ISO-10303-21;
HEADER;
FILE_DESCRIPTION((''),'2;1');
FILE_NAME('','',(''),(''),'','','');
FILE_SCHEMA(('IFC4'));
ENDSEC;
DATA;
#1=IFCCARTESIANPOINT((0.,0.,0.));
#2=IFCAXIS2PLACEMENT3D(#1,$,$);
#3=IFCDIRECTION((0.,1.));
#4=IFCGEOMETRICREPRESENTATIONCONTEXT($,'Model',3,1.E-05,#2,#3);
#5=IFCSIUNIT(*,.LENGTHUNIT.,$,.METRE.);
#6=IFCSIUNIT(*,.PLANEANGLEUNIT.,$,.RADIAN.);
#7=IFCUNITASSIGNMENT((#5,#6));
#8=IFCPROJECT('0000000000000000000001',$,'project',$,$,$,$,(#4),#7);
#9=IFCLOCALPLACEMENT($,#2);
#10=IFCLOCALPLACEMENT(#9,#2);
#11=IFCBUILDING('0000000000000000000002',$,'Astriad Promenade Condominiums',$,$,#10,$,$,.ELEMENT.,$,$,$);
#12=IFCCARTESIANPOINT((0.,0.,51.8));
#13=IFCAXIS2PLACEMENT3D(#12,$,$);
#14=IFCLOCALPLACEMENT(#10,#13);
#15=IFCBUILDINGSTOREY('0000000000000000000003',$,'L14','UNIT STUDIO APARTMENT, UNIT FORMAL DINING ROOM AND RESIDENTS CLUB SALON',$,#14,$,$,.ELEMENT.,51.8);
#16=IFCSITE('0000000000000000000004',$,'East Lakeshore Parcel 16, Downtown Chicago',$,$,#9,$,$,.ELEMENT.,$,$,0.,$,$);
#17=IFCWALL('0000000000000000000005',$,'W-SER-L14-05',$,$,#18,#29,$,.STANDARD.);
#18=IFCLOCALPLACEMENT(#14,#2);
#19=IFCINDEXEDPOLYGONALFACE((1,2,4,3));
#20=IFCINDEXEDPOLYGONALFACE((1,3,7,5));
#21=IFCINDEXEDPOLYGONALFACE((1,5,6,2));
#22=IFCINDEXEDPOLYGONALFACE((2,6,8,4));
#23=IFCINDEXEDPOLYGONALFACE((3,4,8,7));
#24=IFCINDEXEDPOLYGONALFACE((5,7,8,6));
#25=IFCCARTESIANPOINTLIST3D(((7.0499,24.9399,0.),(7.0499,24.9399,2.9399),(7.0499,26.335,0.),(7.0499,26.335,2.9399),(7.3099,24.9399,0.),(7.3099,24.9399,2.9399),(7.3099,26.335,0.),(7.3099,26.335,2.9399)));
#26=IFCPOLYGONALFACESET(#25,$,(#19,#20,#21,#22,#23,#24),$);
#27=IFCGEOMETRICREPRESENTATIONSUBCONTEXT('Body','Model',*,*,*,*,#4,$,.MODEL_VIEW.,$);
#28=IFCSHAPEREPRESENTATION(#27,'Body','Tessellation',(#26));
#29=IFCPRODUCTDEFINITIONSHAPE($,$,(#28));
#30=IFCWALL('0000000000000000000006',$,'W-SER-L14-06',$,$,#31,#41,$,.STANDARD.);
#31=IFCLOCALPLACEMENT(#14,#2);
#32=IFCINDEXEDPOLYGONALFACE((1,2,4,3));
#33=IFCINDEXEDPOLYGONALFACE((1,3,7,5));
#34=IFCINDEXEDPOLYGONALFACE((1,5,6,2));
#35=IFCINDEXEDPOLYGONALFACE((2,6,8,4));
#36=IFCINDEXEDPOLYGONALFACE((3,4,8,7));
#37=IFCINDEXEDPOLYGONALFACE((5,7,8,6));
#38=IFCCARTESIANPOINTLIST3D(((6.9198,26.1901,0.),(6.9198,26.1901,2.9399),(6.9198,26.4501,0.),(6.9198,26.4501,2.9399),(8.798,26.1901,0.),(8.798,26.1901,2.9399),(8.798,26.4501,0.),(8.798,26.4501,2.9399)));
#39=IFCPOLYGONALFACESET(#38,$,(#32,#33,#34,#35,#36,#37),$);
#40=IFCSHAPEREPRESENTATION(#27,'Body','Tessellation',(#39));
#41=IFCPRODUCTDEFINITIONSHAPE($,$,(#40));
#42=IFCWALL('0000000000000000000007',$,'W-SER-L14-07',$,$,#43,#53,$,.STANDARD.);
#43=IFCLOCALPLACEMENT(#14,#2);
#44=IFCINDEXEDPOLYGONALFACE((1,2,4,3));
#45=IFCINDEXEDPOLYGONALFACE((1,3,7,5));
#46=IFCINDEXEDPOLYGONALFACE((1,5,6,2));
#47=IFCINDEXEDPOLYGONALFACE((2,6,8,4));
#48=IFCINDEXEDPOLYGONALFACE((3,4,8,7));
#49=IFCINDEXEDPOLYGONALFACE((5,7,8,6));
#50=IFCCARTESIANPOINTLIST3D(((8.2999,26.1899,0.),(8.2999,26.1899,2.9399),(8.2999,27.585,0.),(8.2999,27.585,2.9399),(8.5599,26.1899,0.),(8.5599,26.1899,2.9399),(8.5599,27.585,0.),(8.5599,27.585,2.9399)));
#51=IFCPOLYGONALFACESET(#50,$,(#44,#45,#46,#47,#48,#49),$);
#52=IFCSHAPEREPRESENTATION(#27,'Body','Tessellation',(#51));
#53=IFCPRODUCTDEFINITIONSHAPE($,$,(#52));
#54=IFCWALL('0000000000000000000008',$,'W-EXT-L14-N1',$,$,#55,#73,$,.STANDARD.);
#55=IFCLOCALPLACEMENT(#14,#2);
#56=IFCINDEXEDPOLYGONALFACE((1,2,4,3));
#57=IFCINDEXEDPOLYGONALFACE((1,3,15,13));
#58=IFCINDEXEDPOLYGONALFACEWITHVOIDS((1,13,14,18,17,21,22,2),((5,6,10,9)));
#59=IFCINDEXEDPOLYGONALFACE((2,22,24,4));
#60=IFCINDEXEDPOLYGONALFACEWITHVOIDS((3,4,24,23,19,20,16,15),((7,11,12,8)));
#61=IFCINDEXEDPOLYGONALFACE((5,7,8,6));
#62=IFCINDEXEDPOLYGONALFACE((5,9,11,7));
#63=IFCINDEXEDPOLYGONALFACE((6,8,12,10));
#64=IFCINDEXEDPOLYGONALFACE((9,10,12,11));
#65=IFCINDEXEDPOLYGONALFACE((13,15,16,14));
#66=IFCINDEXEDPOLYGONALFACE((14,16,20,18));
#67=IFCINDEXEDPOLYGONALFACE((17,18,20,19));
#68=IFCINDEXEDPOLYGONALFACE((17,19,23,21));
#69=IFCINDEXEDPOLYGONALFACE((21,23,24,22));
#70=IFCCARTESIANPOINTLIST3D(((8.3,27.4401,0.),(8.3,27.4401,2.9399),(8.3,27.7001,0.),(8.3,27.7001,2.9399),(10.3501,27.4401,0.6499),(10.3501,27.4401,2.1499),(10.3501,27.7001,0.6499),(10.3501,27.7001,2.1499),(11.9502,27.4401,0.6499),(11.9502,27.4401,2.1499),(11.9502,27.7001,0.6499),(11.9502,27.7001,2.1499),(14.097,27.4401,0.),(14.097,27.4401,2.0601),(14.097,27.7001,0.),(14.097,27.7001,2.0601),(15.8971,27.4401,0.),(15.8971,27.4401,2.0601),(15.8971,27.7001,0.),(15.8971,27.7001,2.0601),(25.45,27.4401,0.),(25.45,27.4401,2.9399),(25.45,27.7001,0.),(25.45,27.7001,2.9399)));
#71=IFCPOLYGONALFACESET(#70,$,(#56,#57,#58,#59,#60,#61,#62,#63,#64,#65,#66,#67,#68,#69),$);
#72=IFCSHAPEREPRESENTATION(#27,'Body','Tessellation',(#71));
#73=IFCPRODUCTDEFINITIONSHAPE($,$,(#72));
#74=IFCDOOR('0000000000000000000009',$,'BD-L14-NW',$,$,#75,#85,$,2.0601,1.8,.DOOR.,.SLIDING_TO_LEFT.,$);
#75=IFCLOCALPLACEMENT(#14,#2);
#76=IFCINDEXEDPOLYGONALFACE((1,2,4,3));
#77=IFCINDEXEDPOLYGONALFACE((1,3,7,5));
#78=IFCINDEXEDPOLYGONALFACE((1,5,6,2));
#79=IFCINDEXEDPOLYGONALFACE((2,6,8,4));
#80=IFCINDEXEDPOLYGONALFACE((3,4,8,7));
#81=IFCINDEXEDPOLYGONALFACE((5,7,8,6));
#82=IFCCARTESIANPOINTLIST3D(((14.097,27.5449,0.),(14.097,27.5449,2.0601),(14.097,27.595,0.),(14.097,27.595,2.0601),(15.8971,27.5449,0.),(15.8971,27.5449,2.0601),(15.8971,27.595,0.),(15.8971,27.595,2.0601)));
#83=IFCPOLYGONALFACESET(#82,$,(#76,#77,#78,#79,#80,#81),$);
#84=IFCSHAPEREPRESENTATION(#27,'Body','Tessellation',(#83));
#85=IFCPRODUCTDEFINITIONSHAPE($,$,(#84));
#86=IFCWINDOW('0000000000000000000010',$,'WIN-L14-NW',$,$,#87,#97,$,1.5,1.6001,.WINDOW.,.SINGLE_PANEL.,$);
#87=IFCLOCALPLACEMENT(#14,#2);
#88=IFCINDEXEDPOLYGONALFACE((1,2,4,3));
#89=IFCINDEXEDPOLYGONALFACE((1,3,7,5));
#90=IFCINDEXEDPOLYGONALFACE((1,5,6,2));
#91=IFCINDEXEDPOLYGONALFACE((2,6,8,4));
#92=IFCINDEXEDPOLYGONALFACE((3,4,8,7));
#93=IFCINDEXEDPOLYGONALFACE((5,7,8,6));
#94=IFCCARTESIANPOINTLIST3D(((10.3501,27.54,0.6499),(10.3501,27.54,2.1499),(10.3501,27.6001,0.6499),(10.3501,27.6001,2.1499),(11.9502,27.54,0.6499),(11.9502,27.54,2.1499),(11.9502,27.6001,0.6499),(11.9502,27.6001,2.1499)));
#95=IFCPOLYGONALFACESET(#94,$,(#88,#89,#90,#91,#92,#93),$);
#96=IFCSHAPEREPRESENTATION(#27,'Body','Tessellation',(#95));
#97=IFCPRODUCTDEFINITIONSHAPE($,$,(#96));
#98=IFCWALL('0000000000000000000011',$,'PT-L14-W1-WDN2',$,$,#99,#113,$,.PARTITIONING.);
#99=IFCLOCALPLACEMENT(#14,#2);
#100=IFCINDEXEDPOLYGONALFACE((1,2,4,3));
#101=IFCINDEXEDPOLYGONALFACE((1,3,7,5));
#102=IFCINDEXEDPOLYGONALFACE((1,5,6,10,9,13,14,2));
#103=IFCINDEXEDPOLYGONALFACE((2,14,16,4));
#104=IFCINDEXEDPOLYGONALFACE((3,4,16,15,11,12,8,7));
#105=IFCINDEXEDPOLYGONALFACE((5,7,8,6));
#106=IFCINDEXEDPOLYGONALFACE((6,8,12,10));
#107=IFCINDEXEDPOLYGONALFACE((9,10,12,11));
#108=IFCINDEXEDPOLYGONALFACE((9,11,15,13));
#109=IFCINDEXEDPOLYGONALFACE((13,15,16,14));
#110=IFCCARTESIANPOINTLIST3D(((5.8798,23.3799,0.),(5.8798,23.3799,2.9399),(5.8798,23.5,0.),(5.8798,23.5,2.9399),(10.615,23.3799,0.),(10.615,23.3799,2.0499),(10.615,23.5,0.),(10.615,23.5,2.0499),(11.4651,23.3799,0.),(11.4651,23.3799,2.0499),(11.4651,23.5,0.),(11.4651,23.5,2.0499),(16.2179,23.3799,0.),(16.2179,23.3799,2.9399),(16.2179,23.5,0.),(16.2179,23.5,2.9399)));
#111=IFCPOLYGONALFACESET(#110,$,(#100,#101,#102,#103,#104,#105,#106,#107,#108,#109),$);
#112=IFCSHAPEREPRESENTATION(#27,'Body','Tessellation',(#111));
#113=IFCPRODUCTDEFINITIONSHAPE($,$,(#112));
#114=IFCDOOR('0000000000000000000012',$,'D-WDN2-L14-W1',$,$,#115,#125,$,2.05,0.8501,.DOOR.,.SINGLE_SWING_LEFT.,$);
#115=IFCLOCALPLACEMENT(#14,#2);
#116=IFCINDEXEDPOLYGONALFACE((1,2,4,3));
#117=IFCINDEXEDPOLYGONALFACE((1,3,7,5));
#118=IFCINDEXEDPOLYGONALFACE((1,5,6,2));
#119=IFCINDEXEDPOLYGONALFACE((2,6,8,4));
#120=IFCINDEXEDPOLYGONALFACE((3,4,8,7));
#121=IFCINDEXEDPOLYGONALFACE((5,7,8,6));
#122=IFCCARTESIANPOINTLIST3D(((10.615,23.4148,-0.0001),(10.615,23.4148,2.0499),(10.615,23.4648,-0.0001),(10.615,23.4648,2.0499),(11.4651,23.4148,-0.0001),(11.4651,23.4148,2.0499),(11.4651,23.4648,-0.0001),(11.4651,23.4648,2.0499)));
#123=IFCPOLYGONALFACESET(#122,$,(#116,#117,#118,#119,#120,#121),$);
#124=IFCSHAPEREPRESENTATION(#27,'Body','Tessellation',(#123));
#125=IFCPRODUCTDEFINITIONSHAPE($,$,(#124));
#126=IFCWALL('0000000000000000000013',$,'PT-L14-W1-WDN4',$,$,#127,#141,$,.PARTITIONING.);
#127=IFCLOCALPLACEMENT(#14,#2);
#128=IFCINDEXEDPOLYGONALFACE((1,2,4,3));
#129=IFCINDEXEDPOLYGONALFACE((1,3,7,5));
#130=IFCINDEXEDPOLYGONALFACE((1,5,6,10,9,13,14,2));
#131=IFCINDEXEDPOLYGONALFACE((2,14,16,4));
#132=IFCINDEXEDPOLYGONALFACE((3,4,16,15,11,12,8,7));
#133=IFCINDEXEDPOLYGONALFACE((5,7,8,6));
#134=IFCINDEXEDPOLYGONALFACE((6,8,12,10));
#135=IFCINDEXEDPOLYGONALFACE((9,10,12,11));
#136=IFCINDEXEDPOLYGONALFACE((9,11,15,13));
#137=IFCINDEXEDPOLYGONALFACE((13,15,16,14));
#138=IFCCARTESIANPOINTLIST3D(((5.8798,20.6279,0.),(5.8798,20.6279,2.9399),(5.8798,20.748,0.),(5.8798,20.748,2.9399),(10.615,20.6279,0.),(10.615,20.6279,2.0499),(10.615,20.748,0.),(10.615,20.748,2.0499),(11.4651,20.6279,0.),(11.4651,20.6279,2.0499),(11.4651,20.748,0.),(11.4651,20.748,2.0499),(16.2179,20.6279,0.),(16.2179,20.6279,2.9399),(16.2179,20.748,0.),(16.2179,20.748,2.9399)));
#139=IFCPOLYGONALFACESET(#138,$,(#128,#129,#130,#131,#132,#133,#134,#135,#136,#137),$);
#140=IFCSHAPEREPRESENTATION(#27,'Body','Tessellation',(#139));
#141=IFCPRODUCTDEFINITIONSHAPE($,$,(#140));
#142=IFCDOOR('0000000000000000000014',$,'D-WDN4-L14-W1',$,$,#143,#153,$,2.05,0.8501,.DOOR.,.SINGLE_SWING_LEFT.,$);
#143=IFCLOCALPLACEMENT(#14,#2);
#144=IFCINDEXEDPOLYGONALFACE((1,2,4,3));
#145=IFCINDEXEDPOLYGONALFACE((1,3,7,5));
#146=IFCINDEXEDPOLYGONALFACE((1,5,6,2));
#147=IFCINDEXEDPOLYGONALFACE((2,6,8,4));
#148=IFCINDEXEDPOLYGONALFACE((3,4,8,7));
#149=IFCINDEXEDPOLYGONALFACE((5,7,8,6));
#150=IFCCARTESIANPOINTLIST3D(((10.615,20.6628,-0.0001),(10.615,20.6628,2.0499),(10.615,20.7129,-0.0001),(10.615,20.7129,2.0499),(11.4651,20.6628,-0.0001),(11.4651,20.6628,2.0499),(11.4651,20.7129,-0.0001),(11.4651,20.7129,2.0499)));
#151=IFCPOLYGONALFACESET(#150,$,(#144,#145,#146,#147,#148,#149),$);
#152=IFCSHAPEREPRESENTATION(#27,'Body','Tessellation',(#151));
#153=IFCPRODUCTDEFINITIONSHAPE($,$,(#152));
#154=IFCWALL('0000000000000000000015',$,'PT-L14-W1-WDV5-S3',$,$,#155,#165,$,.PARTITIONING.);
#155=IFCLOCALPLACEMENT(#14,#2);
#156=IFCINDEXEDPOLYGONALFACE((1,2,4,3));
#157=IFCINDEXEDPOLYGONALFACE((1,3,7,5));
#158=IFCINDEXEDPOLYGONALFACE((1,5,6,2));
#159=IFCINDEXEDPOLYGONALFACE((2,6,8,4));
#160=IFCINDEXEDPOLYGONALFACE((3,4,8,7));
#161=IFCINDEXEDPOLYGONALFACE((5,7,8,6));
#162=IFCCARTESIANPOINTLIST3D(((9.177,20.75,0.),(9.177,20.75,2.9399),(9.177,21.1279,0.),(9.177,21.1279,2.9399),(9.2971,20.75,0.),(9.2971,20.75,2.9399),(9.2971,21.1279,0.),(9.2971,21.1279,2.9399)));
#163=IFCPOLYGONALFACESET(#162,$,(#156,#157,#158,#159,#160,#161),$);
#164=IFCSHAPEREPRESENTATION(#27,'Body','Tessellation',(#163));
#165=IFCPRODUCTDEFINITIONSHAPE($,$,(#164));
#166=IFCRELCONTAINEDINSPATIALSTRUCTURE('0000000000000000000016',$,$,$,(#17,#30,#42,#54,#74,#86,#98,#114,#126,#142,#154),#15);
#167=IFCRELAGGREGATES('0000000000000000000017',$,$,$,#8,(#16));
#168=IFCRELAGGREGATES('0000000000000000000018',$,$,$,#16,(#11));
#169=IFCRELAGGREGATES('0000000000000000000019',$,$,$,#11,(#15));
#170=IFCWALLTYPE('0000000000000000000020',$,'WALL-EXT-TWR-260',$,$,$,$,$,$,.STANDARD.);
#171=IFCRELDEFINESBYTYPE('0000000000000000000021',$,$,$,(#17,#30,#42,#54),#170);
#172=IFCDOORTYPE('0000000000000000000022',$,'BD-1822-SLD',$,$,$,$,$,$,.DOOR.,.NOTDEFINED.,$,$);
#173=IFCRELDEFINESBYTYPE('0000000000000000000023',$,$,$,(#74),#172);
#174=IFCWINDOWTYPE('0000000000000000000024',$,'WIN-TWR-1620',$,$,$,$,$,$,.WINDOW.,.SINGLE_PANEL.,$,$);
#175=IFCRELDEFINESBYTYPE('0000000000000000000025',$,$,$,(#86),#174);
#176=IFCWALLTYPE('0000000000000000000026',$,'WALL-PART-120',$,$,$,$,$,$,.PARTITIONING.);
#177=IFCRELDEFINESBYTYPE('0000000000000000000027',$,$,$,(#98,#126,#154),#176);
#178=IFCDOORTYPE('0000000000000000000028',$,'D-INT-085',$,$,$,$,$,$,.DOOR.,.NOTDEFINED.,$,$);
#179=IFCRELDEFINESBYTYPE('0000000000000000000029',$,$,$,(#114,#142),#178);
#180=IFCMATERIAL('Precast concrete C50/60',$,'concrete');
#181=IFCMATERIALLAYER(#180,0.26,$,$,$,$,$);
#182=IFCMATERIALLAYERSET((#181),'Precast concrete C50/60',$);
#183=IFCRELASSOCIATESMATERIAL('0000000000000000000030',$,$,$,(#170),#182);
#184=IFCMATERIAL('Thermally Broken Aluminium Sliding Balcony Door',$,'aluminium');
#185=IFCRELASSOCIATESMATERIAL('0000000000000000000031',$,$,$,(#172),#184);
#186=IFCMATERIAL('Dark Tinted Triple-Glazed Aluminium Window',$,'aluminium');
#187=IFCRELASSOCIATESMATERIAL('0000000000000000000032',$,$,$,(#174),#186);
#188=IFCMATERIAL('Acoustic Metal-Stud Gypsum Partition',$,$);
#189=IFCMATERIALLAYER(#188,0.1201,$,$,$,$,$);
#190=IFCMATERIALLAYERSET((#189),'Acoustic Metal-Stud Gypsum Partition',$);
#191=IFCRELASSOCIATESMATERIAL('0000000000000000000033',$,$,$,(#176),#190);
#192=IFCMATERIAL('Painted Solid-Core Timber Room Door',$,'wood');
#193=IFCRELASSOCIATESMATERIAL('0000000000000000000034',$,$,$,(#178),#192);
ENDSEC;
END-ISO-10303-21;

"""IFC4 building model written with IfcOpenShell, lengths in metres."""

from ifc_helpers import new_model, si_unit, direction, frame, frame_2d, origin, place, context, subcontext, project, spatial, rectangle, extrude, source, transform, mapped, material, layer, layer_set, type_object, type_shapes, element, fill, save


model = new_model("IFC4")

# Units and contexts
model_context = context("Model", 3, precision=1e-05, world=origin(), true_north=direction((0.0, 1.0)))
body_context = subcontext(model_context, "Body", "Model", "MODEL_VIEW")
ifc_project = project(units=[si_unit("LENGTHUNIT", "METRE"), si_unit("PLANEANGLEUNIT", "RADIAN")], contexts=[model_context])

# Site, building, storey
site_placement = place(None, origin())
site = spatial("IfcSite", under=ifc_project, at=site_placement, Name="East Lakeshore Parcel 16, Downtown Chicago", CompositionType="ELEMENT", RefElevation=0.0)
building_placement = place(site_placement, origin())
building = spatial("IfcBuilding", under=site, at=building_placement, Name="Astriad Promenade Condominiums", CompositionType="ELEMENT")
storey_placement = place(building_placement, frame((0.0, 0.0, 51.8)))
storey = spatial("IfcBuildingStorey", under=building, at=storey_placement, Name="L14", Description="UNIT STUDIO APARTMENT, UNIT FORMAL DINING ROOM AND RESIDENTS CLUB SALON", CompositionType="ELEMENT", Elevation=51.8)

# Walls
ifc_material_1 = material(Name="Precast concrete C50/60", Category="concrete")
ifc_layer_1 = layer(ifc_material_1, 0.26)
ifc_layer_set_1 = layer_set([ifc_layer_1], Name="Precast concrete C50/60")
wall_type_1 = type_object("IfcWallType", Name="WALL-EXT-TWR-260", PredefinedType="STANDARD", material=ifc_layer_set_1)
for number, where, z_axis, x_axis, name in (
    (1, (7.1799, 24.9399, 0.0), (0.0, 0.0, 1.0), (0.0, 1.0, 0.0), "W-SER-L14-05"),
):
    element("IfcWall", number, at=place(storey_placement, frame(where, z_axis=z_axis, x_axis=x_axis)), inside=storey, type_object=wall_type_1, Name=name, PredefinedType="STANDARD", context=body_context, shape_type="SweptSolid", body=[
        extrude(rectangle(XDim=1.395, YDim=0.26, at=frame_2d((0.6975, 0.0))), origin(), (0.0, 0.0, 1.0), 2.9399),
    ])
wall_1_placement = place(storey_placement, frame((6.9199, 26.3201, 0.0), z_axis=(0.0, 0.0, 1.0), x_axis=(1.0, 0.0, 0.0)))
element("IfcWall", 2, at=wall_1_placement, inside=storey, type_object=wall_type_1, Name="W-SER-L14-06", PredefinedType="STANDARD", context=body_context, shape_type="SweptSolid", body=[
    extrude(rectangle(XDim=1.8782, YDim=0.26, at=frame_2d((0.939, 0.0))), origin(), (0.0, 0.0, 1.0), 2.9399),
])
wall_2_placement = place(storey_placement, frame((8.4299, 26.1899, 0.0), z_axis=(0.0, 0.0, 1.0), x_axis=(0.0, 1.0, 0.0)))
element("IfcWall", 3, at=wall_2_placement, inside=storey, type_object=wall_type_1, Name="W-SER-L14-07", PredefinedType="STANDARD", context=body_context, shape_type="SweptSolid", body=[
    extrude(rectangle(XDim=1.395, YDim=0.26, at=frame_2d((0.6975, 0.0))), origin(), (0.0, 0.0, 1.0), 2.9399),
])

# Wall, openings, door, window
wall_3_placement = place(storey_placement, frame((8.3, 27.5701, 0.0), z_axis=(0.0, 0.0, 1.0), x_axis=(1.0, 0.0, 0.0)))
wall_3 = element("IfcWall", 4, at=wall_3_placement, inside=storey, type_object=wall_type_1, Name="W-EXT-L14-N1", PredefinedType="STANDARD", context=body_context, shape_type="SweptSolid", body=[
    extrude(rectangle(XDim=17.1499, YDim=0.26, at=frame_2d((8.575, 0.0))), origin(), (0.0, 0.0, 1.0), 2.9399),
])
opening_1_placement = place(wall_3_placement, frame((5.7971, 0.0, 0.0)))
opening_1 = element("IfcOpeningElement", 5, at=opening_1_placement, cuts=wall_3, PredefinedType="OPENING", context=body_context, shape_type="SweptSolid", body=[
    extrude(rectangle(XDim=1.8, YDim=2.0601, at=frame_2d((0.8999, 1.03))), frame((0.0, 0.1399, 0.0), z_axis=(0.0, -1.0, 0.0), x_axis=(1.0, 0.0, 0.0)), (0.0, 0.0, 1.0), 0.28),
])
opening_2_placement = place(wall_3_placement, frame((2.05, 0.0, 0.6499)))
opening_2 = element("IfcOpeningElement", 6, at=opening_2_placement, cuts=wall_3, PredefinedType="OPENING", context=body_context, shape_type="SweptSolid", body=[
    extrude(rectangle(XDim=1.6001, YDim=1.5, at=frame_2d((0.8, 0.75))), frame((0.0, 0.1399, 0.0), z_axis=(0.0, -1.0, 0.0), x_axis=(1.0, 0.0, 0.0)), (0.0, 0.0, 1.0), 0.28),
])
ifc_material_2 = material(Name="Thermally Broken Aluminium Sliding Balcony Door", Category="aluminium")
door_type_1 = type_object("IfcDoorType", Name="BD-1822-SLD", OperationType="NOTDEFINED", PredefinedType="DOOR", material=ifc_material_2)
shared_shape_1 = source(origin(), body_context, "Body", "SweptSolid", [
    extrude(rectangle(XDim=1.8, YDim=2.0601, at=frame_2d((0.8999, 1.03))), frame((0.0, 0.0249, 0.0), z_axis=(0.0, -1.0, 0.0), x_axis=(1.0, 0.0, 0.0)), (0.0, 0.0, 1.0), 0.05),
])
type_shapes(door_type_1, [shared_shape_1])
door_1_placement = place(opening_1_placement, origin())
door_1 = element("IfcDoor", 7, at=door_1_placement, inside=storey, type_object=door_type_1, Name="BD-L14-NW", OperationType="SLIDING_TO_LEFT", OverallHeight=2.0601, OverallWidth=1.8, PredefinedType="DOOR", context=body_context, shape_type="MappedRepresentation", body=[
    mapped(shared_shape_1, transform((0.0, 0.0, 0.0), scale=1.0)),
])
fill(opening_1, door_1)
ifc_material_3 = material(Name="Dark Tinted Triple-Glazed Aluminium Window", Category="aluminium")
window_type = type_object("IfcWindowType", Name="WIN-TWR-1620", PartitioningType="SINGLE_PANEL", PredefinedType="WINDOW", material=ifc_material_3)
shared_shape_2 = source(origin(), body_context, "Body", "SweptSolid", [
    extrude(rectangle(XDim=1.6001, YDim=1.5, at=frame_2d((0.8, 0.75))), frame((0.0, 0.03, 0.0), z_axis=(0.0, -1.0, 0.0), x_axis=(1.0, 0.0, 0.0)), (0.0, 0.0, 1.0), 0.0601),
])
type_shapes(window_type, [shared_shape_2])
window_placement = place(opening_2_placement, origin())
window = element("IfcWindow", 8, at=window_placement, inside=storey, type_object=window_type, Name="WIN-L14-NW", OverallHeight=1.5, OverallWidth=1.6001, PartitioningType="SINGLE_PANEL", PredefinedType="WINDOW", context=body_context, shape_type="MappedRepresentation", body=[
    mapped(shared_shape_2, transform((0.0, 0.0, 0.0), scale=1.0)),
])
fill(opening_2, window)

# Walls, openings, doors
ifc_material_4 = material(Name="Acoustic Metal-Stud Gypsum Partition")
ifc_layer_2 = layer(ifc_material_4, 0.1201)
ifc_layer_set_2 = layer_set([ifc_layer_2], Name="Acoustic Metal-Stud Gypsum Partition")
wall_type_2 = type_object("IfcWallType", Name="WALL-PART-120", PredefinedType="PARTITIONING", material=ifc_layer_set_2)
wall_4_placement = place(storey_placement, frame((5.8799, 23.4399, 0.0), z_axis=(0.0, 0.0, 1.0), x_axis=(1.0, 0.0, 0.0)))
wall_4 = element("IfcWall", 9, at=wall_4_placement, inside=storey, type_object=wall_type_2, Name="PT-L14-W1-WDN2", PredefinedType="PARTITIONING", context=body_context, shape_type="SweptSolid", body=[
    extrude(rectangle(XDim=10.3381, YDim=0.1201, at=frame_2d((5.1689, 0.0))), origin(), (0.0, 0.0, 1.0), 2.9399),
])
opening_3_placement = place(wall_4_placement, frame((4.7351, 0.0, 0.0)))
opening_3 = element("IfcOpeningElement", 10, at=opening_3_placement, cuts=wall_4, PredefinedType="OPENING", context=body_context, shape_type="SweptSolid", body=[
    extrude(rectangle(XDim=0.8501, YDim=2.05, at=frame_2d((0.425, 1.0249))), frame((0.0, 0.0701, 0.0), z_axis=(0.0, -1.0, 0.0), x_axis=(1.0, 0.0, 0.0)), (0.0, 0.0, 1.0), 0.1401),
])
ifc_material_5 = material(Name="Painted Solid-Core Timber Room Door", Category="wood")
door_type_2 = type_object("IfcDoorType", Name="D-INT-085", OperationType="NOTDEFINED", PredefinedType="DOOR", material=ifc_material_5)
shared_shape_3 = source(origin(), body_context, "Body", "SweptSolid", [
    extrude(rectangle(XDim=0.8501, YDim=2.05, at=frame_2d((0.425, 1.0249))), frame((0.0, 0.0249, 0.0), z_axis=(0.0, -1.0, 0.0), x_axis=(1.0, 0.0, 0.0)), (0.0, 0.0, 1.0), 0.05),
])
type_shapes(door_type_2, [shared_shape_3])
door_2_placement = place(opening_3_placement, origin())
door_2 = element("IfcDoor", 11, at=door_2_placement, inside=storey, type_object=door_type_2, Name="D-WDN2-L14-W1", OperationType="SINGLE_SWING_LEFT", OverallHeight=2.05, OverallWidth=0.8501, PredefinedType="DOOR", context=body_context, shape_type="MappedRepresentation", body=[
    mapped(shared_shape_3, transform((0.0, 0.0, 0.0), scale=1.0)),
])
fill(opening_3, door_2)
wall_5_placement = place(storey_placement, frame((5.8799, 20.688, 0.0), z_axis=(0.0, 0.0, 1.0), x_axis=(1.0, 0.0, 0.0)))
wall_5 = element("IfcWall", 12, at=wall_5_placement, inside=storey, type_object=wall_type_2, Name="PT-L14-W1-WDN4", PredefinedType="PARTITIONING", context=body_context, shape_type="SweptSolid", body=[
    extrude(rectangle(XDim=10.3381, YDim=0.1201, at=frame_2d((5.1689, 0.0))), origin(), (0.0, 0.0, 1.0), 2.9399),
])
opening_4_placement = place(wall_5_placement, frame((4.7351, 0.0, 0.0)))
opening_4 = element("IfcOpeningElement", 13, at=opening_4_placement, cuts=wall_5, PredefinedType="OPENING", context=body_context, shape_type="SweptSolid", body=[
    extrude(rectangle(XDim=0.8501, YDim=2.05, at=frame_2d((0.425, 1.0249))), frame((0.0, 0.0701, 0.0), z_axis=(0.0, -1.0, 0.0), x_axis=(1.0, 0.0, 0.0)), (0.0, 0.0, 1.0), 0.1401),
])
door_3_placement = place(opening_4_placement, origin())
door_3 = element("IfcDoor", 14, at=door_3_placement, inside=storey, type_object=door_type_2, Name="D-WDN4-L14-W1", OperationType="SINGLE_SWING_LEFT", OverallHeight=2.05, OverallWidth=0.8501, PredefinedType="DOOR", context=body_context, shape_type="MappedRepresentation", body=[
    mapped(shared_shape_3, transform((0.0, 0.0, 0.0), scale=1.0)),
])
fill(opening_4, door_3)

# Wall
wall_6_placement = place(storey_placement, frame((9.2371, 20.75, 0.0), z_axis=(0.0, 0.0, 1.0), x_axis=(0.0, 1.0, 0.0)))
element("IfcWall", 15, at=wall_6_placement, inside=storey, type_object=wall_type_2, Name="PT-L14-W1-WDV5-S3", PredefinedType="PARTITIONING", context=body_context, shape_type="SweptSolid", body=[
    extrude(rectangle(XDim=0.3779, YDim=0.1201, at=frame_2d((0.189, 0.0))), origin(), (0.0, 0.0, 1.0), 2.9399),
])

save(model, "model.ifc")
